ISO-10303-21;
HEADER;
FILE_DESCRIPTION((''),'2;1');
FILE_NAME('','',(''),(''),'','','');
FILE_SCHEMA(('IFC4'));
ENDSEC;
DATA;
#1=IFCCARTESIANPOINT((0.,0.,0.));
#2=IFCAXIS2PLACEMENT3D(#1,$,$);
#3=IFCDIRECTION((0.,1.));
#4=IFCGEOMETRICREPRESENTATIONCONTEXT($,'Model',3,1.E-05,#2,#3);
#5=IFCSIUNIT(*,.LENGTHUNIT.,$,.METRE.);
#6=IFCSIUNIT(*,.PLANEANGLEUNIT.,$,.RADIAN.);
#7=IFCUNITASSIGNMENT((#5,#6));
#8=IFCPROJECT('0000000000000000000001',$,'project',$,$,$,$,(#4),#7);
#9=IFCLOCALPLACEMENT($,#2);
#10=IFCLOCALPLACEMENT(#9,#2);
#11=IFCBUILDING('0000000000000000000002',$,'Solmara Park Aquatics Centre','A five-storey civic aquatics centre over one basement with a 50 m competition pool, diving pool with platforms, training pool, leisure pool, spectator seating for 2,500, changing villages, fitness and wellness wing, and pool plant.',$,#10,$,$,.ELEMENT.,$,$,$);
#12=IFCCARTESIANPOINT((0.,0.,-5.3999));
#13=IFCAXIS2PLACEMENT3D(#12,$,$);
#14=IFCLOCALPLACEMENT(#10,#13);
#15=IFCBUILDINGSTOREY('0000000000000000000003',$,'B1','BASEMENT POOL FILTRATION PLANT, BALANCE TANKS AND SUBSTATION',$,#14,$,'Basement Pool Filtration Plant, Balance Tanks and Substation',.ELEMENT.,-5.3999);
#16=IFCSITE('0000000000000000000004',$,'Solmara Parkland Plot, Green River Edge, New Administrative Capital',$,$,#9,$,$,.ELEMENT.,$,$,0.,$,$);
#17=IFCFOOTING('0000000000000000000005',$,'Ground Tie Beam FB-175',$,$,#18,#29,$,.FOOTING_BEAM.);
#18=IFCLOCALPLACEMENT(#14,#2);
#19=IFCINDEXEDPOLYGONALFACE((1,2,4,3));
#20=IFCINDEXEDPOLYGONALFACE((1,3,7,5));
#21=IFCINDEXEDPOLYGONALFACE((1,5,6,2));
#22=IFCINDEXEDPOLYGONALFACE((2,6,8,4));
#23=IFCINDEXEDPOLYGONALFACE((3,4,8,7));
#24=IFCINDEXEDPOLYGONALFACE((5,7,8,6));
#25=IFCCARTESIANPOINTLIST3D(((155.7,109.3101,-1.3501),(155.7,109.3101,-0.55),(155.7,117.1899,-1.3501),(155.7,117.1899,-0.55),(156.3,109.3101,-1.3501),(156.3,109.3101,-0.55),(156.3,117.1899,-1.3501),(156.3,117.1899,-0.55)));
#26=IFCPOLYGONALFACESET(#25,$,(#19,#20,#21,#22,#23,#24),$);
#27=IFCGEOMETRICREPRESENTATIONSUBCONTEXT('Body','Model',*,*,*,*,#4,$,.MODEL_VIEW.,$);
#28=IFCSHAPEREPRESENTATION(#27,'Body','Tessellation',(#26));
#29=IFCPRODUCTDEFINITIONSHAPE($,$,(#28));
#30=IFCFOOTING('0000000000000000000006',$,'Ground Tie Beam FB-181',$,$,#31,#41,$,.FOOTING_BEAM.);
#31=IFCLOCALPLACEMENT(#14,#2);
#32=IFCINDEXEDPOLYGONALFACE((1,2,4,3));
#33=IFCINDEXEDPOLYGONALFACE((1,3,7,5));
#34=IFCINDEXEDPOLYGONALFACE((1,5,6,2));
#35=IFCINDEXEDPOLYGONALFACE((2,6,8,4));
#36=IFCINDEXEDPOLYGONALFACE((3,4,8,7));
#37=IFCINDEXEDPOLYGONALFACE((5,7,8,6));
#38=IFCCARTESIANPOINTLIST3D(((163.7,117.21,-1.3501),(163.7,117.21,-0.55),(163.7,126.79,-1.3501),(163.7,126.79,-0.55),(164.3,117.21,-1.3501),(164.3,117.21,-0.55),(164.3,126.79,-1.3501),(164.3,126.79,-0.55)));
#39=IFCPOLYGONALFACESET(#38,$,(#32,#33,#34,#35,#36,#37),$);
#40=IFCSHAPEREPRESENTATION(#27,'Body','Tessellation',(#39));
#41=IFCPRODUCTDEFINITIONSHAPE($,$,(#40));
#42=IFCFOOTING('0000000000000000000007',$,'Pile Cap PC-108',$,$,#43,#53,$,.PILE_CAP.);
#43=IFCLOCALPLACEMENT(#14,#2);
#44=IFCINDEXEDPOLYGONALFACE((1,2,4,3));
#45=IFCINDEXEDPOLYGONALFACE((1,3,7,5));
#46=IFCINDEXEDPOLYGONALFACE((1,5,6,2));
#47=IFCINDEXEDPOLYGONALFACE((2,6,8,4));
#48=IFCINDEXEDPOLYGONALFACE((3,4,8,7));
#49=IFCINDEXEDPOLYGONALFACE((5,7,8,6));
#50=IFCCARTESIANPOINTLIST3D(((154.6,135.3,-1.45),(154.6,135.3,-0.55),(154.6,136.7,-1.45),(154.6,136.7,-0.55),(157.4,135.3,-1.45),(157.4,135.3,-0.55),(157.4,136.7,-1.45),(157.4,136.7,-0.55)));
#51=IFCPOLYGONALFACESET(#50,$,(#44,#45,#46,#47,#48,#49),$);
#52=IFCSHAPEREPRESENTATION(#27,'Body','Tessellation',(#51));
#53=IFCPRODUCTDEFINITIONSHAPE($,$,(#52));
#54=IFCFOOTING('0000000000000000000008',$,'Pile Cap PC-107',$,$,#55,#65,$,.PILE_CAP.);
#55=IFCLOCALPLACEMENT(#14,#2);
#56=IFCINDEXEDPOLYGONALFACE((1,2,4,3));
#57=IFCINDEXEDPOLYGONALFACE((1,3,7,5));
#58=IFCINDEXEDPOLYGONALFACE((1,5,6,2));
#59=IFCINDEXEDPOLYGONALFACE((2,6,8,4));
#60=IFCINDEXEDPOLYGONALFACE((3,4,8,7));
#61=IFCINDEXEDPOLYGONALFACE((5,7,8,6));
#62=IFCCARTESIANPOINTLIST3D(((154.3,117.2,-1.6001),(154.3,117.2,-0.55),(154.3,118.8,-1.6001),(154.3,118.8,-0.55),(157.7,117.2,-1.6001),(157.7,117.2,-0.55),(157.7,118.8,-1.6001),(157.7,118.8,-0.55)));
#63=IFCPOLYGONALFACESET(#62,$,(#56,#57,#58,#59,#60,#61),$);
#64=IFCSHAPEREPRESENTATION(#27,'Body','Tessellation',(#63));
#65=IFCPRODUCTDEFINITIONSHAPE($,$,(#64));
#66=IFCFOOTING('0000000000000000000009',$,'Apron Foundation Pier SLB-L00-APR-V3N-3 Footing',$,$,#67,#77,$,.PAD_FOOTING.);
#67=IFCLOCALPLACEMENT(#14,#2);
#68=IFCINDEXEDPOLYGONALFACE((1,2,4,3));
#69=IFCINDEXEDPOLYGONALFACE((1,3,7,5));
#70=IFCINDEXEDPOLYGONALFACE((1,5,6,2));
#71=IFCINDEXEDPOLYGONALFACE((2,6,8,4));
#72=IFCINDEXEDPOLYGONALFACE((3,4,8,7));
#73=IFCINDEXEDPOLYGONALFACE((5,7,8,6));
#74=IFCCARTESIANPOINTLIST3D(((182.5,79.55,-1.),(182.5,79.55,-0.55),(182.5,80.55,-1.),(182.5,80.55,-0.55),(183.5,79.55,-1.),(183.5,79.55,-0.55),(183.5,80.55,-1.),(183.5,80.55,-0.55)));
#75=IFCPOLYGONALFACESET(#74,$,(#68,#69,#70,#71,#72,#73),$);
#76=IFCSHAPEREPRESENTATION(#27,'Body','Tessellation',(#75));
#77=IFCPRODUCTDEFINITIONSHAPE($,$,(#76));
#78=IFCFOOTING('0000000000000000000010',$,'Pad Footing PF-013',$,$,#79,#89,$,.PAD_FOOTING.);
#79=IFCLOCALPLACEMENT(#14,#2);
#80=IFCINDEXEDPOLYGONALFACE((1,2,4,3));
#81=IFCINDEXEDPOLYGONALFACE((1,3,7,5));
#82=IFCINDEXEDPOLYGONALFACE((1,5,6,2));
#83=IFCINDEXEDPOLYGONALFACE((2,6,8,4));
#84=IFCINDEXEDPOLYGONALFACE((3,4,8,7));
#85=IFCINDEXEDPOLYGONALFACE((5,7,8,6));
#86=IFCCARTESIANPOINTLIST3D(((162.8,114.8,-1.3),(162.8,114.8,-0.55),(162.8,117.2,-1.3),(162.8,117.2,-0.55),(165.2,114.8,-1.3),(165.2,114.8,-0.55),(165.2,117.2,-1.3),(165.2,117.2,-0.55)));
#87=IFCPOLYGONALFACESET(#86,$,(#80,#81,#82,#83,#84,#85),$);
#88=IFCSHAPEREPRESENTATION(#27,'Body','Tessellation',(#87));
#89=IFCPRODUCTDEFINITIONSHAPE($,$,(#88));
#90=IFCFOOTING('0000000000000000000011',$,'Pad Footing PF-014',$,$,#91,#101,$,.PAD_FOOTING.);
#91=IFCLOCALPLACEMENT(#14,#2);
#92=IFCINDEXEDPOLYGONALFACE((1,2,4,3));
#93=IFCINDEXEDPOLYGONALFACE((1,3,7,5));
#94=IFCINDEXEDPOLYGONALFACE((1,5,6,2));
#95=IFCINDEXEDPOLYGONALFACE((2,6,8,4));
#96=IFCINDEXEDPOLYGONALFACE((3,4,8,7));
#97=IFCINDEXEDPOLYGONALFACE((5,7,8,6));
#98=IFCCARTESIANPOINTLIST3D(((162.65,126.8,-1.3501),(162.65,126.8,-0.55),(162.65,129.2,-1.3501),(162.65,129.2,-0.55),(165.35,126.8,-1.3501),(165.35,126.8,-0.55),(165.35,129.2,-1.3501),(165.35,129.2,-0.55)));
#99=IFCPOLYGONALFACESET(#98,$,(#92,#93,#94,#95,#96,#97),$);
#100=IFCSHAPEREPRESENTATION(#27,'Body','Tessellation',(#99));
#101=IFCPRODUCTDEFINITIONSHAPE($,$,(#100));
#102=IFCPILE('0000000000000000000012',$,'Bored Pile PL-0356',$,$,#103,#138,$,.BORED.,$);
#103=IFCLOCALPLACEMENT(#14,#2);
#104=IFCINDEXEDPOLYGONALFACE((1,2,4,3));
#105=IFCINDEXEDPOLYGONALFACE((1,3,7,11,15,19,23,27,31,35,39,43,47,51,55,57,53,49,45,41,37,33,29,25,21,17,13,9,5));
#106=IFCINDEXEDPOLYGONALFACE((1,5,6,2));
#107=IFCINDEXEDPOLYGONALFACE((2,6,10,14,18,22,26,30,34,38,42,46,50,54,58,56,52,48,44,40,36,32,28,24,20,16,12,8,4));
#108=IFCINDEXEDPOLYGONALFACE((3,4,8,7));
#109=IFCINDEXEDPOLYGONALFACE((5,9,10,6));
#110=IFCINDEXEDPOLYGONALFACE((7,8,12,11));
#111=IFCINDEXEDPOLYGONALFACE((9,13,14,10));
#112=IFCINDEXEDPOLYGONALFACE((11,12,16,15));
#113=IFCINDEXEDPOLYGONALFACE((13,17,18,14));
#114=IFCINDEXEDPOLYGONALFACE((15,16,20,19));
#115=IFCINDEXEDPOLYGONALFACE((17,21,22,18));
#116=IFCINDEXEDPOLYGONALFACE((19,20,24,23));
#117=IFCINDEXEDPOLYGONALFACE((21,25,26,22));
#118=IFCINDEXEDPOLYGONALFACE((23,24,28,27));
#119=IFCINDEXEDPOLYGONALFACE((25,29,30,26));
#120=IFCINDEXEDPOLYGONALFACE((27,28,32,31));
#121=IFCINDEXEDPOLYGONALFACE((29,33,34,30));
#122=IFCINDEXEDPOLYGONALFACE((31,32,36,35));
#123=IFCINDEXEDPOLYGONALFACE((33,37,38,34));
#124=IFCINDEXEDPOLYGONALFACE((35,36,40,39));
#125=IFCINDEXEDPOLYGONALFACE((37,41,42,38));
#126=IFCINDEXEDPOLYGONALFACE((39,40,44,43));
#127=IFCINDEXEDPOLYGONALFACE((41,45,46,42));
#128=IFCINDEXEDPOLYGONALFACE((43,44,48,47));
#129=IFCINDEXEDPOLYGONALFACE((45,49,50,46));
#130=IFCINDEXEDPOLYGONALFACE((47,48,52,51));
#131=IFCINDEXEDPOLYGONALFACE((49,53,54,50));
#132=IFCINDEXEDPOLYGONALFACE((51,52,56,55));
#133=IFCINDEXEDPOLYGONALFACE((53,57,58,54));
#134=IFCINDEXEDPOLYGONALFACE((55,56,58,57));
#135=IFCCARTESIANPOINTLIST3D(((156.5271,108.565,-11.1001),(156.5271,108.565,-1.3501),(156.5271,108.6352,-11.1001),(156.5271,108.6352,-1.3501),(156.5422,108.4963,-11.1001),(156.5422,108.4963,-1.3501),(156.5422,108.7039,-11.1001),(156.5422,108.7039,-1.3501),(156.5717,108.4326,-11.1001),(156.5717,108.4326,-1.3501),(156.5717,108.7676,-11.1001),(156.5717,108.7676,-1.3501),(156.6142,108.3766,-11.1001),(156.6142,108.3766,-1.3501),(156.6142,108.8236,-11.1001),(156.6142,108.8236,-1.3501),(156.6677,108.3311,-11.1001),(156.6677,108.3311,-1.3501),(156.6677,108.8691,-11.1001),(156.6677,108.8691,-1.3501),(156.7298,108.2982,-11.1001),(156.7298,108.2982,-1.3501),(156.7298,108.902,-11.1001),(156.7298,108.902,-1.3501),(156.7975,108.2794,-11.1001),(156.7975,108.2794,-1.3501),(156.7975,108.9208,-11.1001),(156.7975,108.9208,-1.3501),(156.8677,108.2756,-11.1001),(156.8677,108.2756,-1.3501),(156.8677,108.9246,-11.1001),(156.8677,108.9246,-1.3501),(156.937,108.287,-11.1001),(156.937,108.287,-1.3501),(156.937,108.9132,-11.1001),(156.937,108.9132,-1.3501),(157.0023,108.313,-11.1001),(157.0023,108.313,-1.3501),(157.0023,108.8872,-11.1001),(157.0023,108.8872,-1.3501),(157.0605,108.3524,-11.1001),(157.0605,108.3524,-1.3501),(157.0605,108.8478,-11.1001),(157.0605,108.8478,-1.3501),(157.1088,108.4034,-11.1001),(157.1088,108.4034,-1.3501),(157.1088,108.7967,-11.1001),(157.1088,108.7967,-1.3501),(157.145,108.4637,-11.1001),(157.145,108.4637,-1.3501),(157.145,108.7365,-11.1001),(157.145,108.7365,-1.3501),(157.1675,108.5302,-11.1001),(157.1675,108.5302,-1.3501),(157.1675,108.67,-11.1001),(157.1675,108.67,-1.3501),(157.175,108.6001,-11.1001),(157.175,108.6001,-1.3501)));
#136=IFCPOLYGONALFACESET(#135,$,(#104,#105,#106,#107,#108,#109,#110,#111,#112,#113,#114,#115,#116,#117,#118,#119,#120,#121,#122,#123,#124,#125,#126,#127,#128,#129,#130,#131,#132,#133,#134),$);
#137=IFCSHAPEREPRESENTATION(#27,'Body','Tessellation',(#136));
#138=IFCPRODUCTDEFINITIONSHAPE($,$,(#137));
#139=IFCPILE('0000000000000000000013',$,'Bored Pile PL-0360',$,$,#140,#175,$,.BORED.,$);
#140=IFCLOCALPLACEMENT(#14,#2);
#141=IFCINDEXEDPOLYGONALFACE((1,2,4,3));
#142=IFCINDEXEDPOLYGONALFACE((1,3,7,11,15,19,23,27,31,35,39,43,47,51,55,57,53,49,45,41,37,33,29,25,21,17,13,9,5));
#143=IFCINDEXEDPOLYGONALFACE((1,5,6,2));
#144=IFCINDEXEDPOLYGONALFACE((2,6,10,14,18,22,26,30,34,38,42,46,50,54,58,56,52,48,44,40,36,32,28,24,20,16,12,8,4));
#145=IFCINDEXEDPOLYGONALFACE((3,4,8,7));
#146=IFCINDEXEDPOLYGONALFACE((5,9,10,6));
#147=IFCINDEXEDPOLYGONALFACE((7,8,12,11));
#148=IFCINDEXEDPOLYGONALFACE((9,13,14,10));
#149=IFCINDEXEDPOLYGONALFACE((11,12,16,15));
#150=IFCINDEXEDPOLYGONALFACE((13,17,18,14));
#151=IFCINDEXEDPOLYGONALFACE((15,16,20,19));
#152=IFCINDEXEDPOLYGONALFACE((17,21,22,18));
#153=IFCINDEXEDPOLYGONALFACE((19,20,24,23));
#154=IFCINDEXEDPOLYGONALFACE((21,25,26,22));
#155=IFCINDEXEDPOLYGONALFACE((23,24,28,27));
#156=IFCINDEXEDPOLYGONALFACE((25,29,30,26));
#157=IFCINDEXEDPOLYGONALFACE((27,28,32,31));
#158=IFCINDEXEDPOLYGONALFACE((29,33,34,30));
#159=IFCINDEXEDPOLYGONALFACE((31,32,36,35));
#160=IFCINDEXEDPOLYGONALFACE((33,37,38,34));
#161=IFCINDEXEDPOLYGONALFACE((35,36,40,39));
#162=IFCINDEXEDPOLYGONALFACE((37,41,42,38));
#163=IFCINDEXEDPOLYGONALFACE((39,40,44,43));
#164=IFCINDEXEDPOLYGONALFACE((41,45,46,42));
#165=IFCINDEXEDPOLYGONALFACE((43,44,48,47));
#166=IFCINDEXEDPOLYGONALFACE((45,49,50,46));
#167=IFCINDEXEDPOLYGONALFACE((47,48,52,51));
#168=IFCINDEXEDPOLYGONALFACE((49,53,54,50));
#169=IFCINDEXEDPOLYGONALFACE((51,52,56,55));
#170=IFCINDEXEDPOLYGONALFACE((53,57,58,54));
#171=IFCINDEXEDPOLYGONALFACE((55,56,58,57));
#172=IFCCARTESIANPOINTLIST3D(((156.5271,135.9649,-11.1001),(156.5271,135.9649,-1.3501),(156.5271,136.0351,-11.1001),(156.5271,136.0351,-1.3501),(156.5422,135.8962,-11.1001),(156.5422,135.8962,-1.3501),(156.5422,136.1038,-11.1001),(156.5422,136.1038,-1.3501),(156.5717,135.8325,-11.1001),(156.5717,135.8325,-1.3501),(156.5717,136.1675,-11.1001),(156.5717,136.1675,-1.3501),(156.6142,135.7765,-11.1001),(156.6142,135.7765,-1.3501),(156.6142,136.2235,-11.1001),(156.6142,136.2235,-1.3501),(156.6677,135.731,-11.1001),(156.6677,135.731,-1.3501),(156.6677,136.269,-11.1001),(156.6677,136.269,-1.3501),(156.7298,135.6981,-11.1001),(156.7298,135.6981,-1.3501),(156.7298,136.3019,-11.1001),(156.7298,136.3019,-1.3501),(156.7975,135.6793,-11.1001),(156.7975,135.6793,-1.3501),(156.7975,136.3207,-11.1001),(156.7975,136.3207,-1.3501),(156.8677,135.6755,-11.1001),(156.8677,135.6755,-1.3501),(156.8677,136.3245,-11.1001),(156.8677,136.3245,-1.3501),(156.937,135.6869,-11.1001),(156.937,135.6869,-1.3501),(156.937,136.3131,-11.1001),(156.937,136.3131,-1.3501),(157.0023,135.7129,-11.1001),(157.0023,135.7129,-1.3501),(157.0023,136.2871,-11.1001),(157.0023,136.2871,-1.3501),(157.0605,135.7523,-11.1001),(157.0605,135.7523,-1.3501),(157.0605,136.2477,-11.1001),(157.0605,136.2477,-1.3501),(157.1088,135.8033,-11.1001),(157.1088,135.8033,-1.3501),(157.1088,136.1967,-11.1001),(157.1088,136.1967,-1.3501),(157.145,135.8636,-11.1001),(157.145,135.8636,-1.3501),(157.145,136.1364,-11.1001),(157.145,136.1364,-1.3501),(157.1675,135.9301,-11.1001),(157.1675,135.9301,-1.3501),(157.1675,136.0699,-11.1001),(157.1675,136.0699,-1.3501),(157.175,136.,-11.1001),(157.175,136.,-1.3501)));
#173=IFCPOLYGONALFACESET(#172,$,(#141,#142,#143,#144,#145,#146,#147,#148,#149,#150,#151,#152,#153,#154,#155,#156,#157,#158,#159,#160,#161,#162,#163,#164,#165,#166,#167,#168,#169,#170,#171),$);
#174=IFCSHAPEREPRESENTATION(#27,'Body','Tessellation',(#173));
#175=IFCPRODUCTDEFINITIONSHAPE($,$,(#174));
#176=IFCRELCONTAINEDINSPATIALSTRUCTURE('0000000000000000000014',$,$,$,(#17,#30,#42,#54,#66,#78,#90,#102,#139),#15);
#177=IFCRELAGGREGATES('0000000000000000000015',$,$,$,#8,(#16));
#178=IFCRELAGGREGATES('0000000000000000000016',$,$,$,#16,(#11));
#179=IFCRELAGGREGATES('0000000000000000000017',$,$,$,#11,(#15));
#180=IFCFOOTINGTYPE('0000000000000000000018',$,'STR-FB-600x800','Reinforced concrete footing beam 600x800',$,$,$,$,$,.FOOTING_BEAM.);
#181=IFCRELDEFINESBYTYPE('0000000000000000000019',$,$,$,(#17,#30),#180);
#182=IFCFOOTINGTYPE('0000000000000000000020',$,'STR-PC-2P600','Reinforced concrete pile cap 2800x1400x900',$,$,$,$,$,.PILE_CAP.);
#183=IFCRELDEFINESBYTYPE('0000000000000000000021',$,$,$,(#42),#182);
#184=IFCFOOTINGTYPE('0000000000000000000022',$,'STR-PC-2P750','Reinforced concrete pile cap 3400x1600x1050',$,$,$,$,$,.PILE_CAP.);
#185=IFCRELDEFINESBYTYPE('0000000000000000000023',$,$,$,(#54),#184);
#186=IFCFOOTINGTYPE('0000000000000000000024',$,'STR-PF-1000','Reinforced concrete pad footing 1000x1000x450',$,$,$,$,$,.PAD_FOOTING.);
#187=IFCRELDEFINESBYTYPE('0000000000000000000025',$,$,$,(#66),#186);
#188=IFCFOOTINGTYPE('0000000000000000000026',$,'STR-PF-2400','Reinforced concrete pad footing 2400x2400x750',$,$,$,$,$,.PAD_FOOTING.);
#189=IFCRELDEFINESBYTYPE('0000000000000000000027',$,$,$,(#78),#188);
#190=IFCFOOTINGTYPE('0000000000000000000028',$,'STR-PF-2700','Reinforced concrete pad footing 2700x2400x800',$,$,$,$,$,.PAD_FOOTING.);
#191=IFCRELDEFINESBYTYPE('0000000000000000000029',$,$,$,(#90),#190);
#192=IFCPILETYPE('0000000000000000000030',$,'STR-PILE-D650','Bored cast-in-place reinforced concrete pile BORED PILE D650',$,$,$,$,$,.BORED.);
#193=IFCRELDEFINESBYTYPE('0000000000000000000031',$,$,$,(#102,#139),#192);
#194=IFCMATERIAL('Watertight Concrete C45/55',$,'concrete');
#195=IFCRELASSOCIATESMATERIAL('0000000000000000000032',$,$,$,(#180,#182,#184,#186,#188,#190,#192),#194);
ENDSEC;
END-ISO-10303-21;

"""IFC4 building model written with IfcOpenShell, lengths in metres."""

from ifc_helpers import new_model, si_unit, direction, frame, origin, origin_2d, place, context, subcontext, project, spatial, rectangle, circle, extrude, material, material_profile, profile_set, type_object, element, save


model = new_model("IFC4")

# Units and contexts
model_context = context("Model", 3, precision=1e-05, world=origin(), true_north=direction((0.0, 1.0)))
body_context = subcontext(model_context, "Body", "Model", "MODEL_VIEW")
ifc_project = project(units=[si_unit("LENGTHUNIT", "METRE"), si_unit("PLANEANGLEUNIT", "RADIAN")], contexts=[model_context])

# Site, building, storey
site_placement = place(None, origin())
site = spatial("IfcSite", under=ifc_project, at=site_placement, Name="Solmara Parkland Plot, Green River Edge, New Administrative Capital", CompositionType="ELEMENT", RefElevation=0.0)
building_placement = place(site_placement, origin())
building = spatial("IfcBuilding", under=site, at=building_placement, Name="Solmara Park Aquatics Centre", Description="A five-storey civic aquatics centre over one basement with a 50 m competition pool, diving pool with platforms, training pool, leisure pool, spectator seating for 2,500, changing villages, fitness and wellness wing, and pool plant.", CompositionType="ELEMENT")
storey_placement = place(building_placement, frame((0.0, 0.0, -5.3999)))
storey = spatial("IfcBuildingStorey", under=building, at=storey_placement, Name="B1", Description="BASEMENT POOL FILTRATION PLANT, BALANCE TANKS AND SUBSTATION", LongName="Basement Pool Filtration Plant, Balance Tanks and Substation", CompositionType="ELEMENT", Elevation=-5.3999)

# Footings
ifc_material_1 = material(Name="Watertight Concrete C45/55", Category="concrete")
footing_type_1 = type_object("IfcFootingType", Name="STR-FB-600x800", Description="Reinforced concrete footing beam 600x800", PredefinedType="FOOTING_BEAM", material=ifc_material_1)
footing_1_placement = place(storey_placement, frame((156.0, 113.25, -1.3501), z_axis=(0.0, 0.0, 1.0), x_axis=(1.0, 0.0, 0.0)))
element("IfcFooting", 1, at=footing_1_placement, inside=storey, type_object=footing_type_1, Name="Ground Tie Beam FB-175", PredefinedType="FOOTING_BEAM", context=body_context, shape_type="SweptSolid", body=[
    extrude(rectangle(XDim=0.6001, YDim=7.8799, at=origin_2d()), origin(), (0.0, 0.0, 1.0), 0.8),
])
footing_2_placement = place(storey_placement, frame((164.0, 122.0, -1.3501), z_axis=(0.0, 0.0, 1.0), x_axis=(1.0, 0.0, 0.0)))
element("IfcFooting", 2, at=footing_2_placement, inside=storey, type_object=footing_type_1, Name="Ground Tie Beam FB-181", PredefinedType="FOOTING_BEAM", context=body_context, shape_type="SweptSolid", body=[
    extrude(rectangle(XDim=0.6001, YDim=9.5801, at=origin_2d()), origin(), (0.0, 0.0, 1.0), 0.8),
])
footing_type_2 = type_object("IfcFootingType", Name="STR-PC-2P600", Description="Reinforced concrete pile cap 2800x1400x900", PredefinedType="PILE_CAP", material=ifc_material_1)
footing_3_placement = place(storey_placement, frame((156.0, 136.0, -1.45), z_axis=(0.0, 0.0, 1.0), x_axis=(1.0, 0.0, 0.0)))
element("IfcFooting", 3, at=footing_3_placement, inside=storey, type_object=footing_type_2, Name="Pile Cap PC-108", PredefinedType="PILE_CAP", context=body_context, shape_type="SweptSolid", body=[
    extrude(rectangle(XDim=2.8, YDim=1.3999, at=origin_2d()), origin(), (0.0, 0.0, 1.0), 0.8999),
])
footing_type_3 = type_object("IfcFootingType", Name="STR-PC-2P750", Description="Reinforced concrete pile cap 3400x1600x1050", PredefinedType="PILE_CAP", material=ifc_material_1)
footing_4_placement = place(storey_placement, frame((156.0, 118.0, -1.6001), z_axis=(0.0, 0.0, 1.0), x_axis=(1.0, 0.0, 0.0)))
element("IfcFooting", 4, at=footing_4_placement, inside=storey, type_object=footing_type_3, Name="Pile Cap PC-107", PredefinedType="PILE_CAP", context=body_context, shape_type="SweptSolid", body=[
    extrude(rectangle(XDim=3.3999, YDim=1.6001, at=origin_2d()), origin(), (0.0, 0.0, 1.0), 1.05),
])
footing_type_4 = type_object("IfcFootingType", Name="STR-PF-1000", Description="Reinforced concrete pad footing 1000x1000x450", PredefinedType="PAD_FOOTING", material=ifc_material_1)
footing_5_placement = place(storey_placement, frame((183.0, 80.05, -1.0), z_axis=(0.0, 0.0, 1.0), x_axis=(1.0, 0.0, 0.0)))
element("IfcFooting", 5, at=footing_5_placement, inside=storey, type_object=footing_type_4, Name="Apron Foundation Pier SLB-L00-APR-V3N-3 Footing", PredefinedType="PAD_FOOTING", context=body_context, shape_type="SweptSolid", body=[
    extrude(rectangle(XDim=1.0, YDim=1.0, at=origin_2d()), origin(), (0.0, 0.0, 1.0), 0.45),
])
footing_type_5 = type_object("IfcFootingType", Name="STR-PF-2400", Description="Reinforced concrete pad footing 2400x2400x750", PredefinedType="PAD_FOOTING", material=ifc_material_1)
footing_6_placement = place(storey_placement, frame((164.0, 116.0, -1.3), z_axis=(0.0, 0.0, 1.0), x_axis=(1.0, 0.0, 0.0)))
element("IfcFooting", 6, at=footing_6_placement, inside=storey, type_object=footing_type_5, Name="Pad Footing PF-013", PredefinedType="PAD_FOOTING", context=body_context, shape_type="SweptSolid", body=[
    extrude(rectangle(XDim=2.3999, YDim=2.3999, at=origin_2d()), origin(), (0.0, 0.0, 1.0), 0.75),
])
footing_type_6 = type_object("IfcFootingType", Name="STR-PF-2700", Description="Reinforced concrete pad footing 2700x2400x800", PredefinedType="PAD_FOOTING", material=ifc_material_1)
footing_7_placement = place(storey_placement, frame((164.0, 128.0, -1.3501), z_axis=(0.0, 0.0, 1.0), x_axis=(1.0, 0.0, 0.0)))
element("IfcFooting", 7, at=footing_7_placement, inside=storey, type_object=footing_type_6, Name="Pad Footing PF-014", PredefinedType="PAD_FOOTING", context=body_context, shape_type="SweptSolid", body=[
    extrude(rectangle(XDim=2.7, YDim=2.3999, at=origin_2d()), origin(), (0.0, 0.0, 1.0), 0.8),
])

# Piles
ifc_material_profile_1 = material_profile(ifc_material_1, circle(Radius=0.325, at=origin_2d()), Name="BORED PILE D650")
ifc_profile_set_1 = profile_set([ifc_material_profile_1], Name="Watertight Concrete C45/55")
pile_type_1 = type_object("IfcPileType", Name="STR-PILE-D650", Description="Bored cast-in-place reinforced concrete pile BORED PILE D650", PredefinedType="BORED", material=ifc_profile_set_1)
for number, where, z_axis, x_axis, name in (
    (8, (156.8501, 108.6001, -1.3501), (0.0, 0.0, -1.0), (1.0, 0.0, 0.0), "Bored Pile PL-0356"),
    (9, (156.8501, 136.0, -1.3501), (0.0, 0.0, -1.0), (1.0, 0.0, 0.0), "Bored Pile PL-0360"),
):
    element("IfcPile", number, at=place(storey_placement, frame(where, z_axis=z_axis, x_axis=x_axis)), inside=storey, type_object=pile_type_1, Name=name, PredefinedType="BORED", context=body_context, shape_type="SweptSolid", body=[
        extrude(circle(Radius=0.325, at=origin_2d()), origin(), (0.0, 0.0, 1.0), 9.75),
    ])

save(model, "model.ifc")
